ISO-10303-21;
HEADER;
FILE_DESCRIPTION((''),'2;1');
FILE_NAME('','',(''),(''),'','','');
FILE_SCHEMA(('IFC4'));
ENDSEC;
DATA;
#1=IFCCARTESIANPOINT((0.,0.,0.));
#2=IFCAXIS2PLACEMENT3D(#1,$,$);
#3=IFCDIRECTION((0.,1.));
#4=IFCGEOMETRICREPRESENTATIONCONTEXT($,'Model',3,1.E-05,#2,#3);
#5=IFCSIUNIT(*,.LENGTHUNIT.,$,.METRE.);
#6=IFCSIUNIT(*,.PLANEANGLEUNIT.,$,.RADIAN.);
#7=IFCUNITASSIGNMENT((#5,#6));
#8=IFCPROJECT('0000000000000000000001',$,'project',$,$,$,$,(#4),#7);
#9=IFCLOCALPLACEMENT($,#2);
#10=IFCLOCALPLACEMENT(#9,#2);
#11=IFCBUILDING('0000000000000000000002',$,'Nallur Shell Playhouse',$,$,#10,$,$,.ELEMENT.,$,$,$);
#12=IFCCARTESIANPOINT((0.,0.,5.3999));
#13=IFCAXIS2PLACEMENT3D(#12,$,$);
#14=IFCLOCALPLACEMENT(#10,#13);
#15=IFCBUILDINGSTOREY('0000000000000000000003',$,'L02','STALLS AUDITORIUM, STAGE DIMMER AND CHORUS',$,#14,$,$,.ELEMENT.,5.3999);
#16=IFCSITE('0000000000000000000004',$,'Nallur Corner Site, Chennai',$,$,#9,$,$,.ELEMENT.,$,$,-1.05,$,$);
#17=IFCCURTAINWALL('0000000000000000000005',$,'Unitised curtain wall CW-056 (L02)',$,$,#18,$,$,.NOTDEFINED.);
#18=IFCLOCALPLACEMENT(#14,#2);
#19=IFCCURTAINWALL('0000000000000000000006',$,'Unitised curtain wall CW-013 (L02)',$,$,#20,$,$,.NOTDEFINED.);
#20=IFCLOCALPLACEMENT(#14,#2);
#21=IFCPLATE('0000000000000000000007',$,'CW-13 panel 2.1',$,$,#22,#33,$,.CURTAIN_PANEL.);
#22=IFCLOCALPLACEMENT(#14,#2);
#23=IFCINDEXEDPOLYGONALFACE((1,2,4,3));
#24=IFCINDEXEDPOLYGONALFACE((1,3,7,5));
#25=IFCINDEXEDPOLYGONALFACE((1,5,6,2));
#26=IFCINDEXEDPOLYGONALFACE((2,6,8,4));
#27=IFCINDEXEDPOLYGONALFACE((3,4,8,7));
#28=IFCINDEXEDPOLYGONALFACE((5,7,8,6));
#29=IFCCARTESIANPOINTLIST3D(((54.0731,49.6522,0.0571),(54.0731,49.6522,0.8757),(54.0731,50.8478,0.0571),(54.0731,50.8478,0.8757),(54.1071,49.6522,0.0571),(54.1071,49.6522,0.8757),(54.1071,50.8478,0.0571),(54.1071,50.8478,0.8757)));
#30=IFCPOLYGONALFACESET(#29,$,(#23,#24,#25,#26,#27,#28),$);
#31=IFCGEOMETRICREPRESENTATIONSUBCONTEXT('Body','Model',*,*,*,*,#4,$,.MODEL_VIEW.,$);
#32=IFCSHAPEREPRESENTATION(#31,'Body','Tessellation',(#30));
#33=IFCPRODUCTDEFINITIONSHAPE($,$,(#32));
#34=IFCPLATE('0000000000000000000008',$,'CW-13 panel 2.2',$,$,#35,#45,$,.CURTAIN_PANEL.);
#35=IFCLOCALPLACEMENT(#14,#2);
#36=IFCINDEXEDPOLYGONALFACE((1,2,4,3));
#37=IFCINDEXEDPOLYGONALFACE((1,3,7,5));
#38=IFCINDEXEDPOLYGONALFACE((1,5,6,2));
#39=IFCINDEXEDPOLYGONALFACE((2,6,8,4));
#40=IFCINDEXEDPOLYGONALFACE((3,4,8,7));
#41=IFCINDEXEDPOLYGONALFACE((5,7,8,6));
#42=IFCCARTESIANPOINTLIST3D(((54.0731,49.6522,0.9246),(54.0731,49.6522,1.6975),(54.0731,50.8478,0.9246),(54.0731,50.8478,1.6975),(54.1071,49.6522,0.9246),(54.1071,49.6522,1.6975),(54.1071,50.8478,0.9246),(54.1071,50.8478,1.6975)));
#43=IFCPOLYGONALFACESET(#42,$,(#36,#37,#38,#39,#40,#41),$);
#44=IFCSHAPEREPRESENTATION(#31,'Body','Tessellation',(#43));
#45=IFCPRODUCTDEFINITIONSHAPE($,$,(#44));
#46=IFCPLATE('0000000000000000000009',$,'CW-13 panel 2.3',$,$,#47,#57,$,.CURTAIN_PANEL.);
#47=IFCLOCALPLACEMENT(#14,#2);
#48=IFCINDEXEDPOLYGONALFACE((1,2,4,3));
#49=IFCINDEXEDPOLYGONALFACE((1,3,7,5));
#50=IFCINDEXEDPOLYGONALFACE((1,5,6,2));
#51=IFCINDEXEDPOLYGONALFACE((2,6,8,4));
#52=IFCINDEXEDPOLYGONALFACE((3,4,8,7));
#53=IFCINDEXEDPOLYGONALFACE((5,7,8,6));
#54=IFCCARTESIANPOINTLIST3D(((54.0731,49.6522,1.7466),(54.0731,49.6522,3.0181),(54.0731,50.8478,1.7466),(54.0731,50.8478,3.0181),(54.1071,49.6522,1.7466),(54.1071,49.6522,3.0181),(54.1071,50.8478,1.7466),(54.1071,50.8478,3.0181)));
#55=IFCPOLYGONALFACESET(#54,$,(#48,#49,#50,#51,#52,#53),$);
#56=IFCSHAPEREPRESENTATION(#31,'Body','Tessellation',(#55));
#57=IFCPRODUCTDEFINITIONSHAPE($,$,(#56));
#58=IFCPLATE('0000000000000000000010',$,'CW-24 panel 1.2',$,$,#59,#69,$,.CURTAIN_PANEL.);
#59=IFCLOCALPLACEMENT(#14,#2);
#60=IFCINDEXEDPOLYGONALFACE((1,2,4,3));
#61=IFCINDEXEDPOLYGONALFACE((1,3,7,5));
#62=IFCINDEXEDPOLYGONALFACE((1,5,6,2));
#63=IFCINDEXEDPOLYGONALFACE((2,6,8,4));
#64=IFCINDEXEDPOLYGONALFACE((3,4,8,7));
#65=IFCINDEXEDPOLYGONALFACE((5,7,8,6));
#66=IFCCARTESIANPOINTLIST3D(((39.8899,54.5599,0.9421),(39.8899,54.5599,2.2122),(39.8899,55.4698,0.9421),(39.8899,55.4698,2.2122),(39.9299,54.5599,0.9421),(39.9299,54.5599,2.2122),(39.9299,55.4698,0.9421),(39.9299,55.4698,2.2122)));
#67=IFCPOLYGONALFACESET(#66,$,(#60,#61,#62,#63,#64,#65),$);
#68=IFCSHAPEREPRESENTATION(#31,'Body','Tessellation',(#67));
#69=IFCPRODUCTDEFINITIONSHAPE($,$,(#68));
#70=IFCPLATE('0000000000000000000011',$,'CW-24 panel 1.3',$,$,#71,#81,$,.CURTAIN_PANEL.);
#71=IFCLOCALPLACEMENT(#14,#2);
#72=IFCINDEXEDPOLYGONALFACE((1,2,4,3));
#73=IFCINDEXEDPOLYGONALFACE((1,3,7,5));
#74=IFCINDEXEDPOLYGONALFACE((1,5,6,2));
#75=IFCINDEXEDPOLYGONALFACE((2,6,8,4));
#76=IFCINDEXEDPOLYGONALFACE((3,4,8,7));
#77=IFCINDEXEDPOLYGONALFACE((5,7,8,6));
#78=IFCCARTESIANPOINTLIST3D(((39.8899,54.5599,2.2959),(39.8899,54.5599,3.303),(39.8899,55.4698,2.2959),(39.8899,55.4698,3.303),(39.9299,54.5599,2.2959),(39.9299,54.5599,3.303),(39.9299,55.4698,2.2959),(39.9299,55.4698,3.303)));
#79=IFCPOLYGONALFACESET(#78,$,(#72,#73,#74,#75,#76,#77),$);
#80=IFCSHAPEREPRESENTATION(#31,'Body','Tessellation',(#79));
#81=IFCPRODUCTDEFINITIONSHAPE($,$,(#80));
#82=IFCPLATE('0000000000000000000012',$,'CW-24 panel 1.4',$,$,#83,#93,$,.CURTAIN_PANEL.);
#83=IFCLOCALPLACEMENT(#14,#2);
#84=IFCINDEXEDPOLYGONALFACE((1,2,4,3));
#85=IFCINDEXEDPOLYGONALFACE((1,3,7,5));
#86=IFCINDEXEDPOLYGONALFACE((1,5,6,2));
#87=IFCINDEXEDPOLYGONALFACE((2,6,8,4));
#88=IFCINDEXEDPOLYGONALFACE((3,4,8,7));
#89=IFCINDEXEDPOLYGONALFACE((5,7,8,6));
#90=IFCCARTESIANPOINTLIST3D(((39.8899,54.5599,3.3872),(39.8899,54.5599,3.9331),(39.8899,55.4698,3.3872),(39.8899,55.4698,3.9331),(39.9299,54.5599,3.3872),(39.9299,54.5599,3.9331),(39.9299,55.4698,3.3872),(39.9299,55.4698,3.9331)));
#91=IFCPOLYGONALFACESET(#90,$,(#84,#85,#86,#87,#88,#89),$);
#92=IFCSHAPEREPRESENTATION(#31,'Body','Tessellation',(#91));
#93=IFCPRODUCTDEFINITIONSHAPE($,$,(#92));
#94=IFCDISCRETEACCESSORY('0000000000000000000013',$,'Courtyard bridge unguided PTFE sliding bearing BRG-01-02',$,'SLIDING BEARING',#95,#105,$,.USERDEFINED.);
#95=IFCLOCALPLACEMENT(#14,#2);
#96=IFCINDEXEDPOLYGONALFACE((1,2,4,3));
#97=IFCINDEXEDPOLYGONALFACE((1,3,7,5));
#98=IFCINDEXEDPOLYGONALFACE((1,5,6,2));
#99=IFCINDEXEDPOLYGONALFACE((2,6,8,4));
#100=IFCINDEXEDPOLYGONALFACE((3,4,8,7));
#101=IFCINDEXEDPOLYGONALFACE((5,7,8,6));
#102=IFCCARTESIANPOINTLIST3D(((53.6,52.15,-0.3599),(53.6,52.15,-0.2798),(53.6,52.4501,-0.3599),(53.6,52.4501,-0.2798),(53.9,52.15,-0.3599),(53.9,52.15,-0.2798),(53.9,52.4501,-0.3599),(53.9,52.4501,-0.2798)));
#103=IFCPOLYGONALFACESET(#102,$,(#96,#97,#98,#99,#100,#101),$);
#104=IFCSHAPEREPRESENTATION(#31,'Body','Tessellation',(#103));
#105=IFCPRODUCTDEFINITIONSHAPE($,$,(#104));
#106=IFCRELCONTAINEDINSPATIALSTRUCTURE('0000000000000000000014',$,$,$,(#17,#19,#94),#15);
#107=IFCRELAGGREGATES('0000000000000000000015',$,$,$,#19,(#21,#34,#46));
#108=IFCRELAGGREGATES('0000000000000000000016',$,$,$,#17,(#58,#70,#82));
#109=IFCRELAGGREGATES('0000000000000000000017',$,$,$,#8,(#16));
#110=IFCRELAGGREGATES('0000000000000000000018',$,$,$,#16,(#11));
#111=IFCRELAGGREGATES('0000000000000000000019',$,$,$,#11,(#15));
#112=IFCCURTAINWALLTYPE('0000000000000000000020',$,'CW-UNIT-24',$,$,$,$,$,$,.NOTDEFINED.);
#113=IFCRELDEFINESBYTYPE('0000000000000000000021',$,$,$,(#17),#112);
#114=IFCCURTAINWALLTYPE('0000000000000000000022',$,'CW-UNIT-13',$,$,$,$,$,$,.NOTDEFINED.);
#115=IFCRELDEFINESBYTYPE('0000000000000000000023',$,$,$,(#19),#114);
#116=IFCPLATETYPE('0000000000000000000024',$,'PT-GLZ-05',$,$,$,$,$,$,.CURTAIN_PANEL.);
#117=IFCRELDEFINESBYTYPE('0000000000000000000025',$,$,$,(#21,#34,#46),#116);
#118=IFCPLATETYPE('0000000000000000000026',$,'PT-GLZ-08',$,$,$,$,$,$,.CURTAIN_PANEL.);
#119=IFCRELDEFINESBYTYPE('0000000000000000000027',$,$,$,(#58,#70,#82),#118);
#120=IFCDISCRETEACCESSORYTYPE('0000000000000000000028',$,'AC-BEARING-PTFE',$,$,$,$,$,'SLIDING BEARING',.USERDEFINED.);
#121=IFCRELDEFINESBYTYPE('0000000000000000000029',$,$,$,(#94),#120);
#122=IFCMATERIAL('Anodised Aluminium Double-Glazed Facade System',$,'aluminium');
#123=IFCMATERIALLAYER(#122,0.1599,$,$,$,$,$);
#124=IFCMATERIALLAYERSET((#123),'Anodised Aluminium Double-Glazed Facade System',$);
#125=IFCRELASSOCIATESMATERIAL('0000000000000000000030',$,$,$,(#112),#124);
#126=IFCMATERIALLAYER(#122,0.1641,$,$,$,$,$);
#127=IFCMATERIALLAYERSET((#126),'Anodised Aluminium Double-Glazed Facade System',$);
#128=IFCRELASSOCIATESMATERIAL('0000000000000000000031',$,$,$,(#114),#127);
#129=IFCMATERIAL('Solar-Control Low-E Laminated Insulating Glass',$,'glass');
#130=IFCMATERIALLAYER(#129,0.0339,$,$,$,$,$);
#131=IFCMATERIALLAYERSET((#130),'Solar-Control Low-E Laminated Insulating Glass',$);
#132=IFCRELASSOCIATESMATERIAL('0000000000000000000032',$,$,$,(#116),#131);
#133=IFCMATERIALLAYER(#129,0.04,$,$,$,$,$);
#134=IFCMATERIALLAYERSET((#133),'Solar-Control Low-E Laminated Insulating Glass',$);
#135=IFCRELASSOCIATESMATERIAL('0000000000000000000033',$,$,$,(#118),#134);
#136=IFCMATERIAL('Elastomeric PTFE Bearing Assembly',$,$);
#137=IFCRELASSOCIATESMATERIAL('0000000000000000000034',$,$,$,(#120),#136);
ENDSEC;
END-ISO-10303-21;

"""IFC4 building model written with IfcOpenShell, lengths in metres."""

from ifc_helpers import new_model, si_unit, direction, frame, origin, origin_2d, place, context, subcontext, project, spatial, rectangle, extrude, material, layer, layer_set, type_object, element, aggregate, save


model = new_model("IFC4")

# Units and contexts
model_context = context("Model", 3, precision=1e-05, world=origin(), true_north=direction((0.0, 1.0)))
body_context = subcontext(model_context, "Body", "Model", "MODEL_VIEW")
ifc_project = project(units=[si_unit("LENGTHUNIT", "METRE"), si_unit("PLANEANGLEUNIT", "RADIAN")], contexts=[model_context])

# Site, building, storey
site_placement = place(None, origin())
site = spatial("IfcSite", under=ifc_project, at=site_placement, Name="Nallur Corner Site, Chennai", CompositionType="ELEMENT", RefElevation=-1.05)
building_placement = place(site_placement, origin())
building = spatial("IfcBuilding", under=site, at=building_placement, Name="Nallur Shell Playhouse", CompositionType="ELEMENT")
storey_placement = place(building_placement, frame((0.0, 0.0, 5.3999)))
storey = spatial("IfcBuildingStorey", under=building, at=storey_placement, Name="L02", Description="STALLS AUDITORIUM, STAGE DIMMER AND CHORUS", CompositionType="ELEMENT", Elevation=5.3999)

# Curtain walls
ifc_material_1 = material(Name="Anodised Aluminium Double-Glazed Facade System", Category="aluminium")
ifc_layer_1 = layer(ifc_material_1, 0.1599)
ifc_layer_set_1 = layer_set([ifc_layer_1], Name="Anodised Aluminium Double-Glazed Facade System")
curtain_wall_type_1 = type_object("IfcCurtainWallType", Name="CW-UNIT-24", PredefinedType="NOTDEFINED", material=ifc_layer_set_1)
curtain_wall_1_placement = place(storey_placement, origin())
curtain_wall_1 = element("IfcCurtainWall", 1, at=curtain_wall_1_placement, inside=storey, type_object=curtain_wall_type_1, Name="Unitised curtain wall CW-056 (L02)", PredefinedType="NOTDEFINED")
ifc_layer_2 = layer(ifc_material_1, 0.1641)
ifc_layer_set_2 = layer_set([ifc_layer_2], Name="Anodised Aluminium Double-Glazed Facade System")
curtain_wall_type_2 = type_object("IfcCurtainWallType", Name="CW-UNIT-13", PredefinedType="NOTDEFINED", material=ifc_layer_set_2)
curtain_wall_2_placement = place(storey_placement, origin())
curtain_wall_2 = element("IfcCurtainWall", 2, at=curtain_wall_2_placement, inside=storey, type_object=curtain_wall_type_2, Name="Unitised curtain wall CW-013 (L02)", PredefinedType="NOTDEFINED")

# Plates
ifc_material_2 = material(Name="Solar-Control Low-E Laminated Insulating Glass", Category="glass")
ifc_layer_3 = layer(ifc_material_2, 0.0339)
ifc_layer_set_3 = layer_set([ifc_layer_3], Name="Solar-Control Low-E Laminated Insulating Glass")
plate_type_1 = type_object("IfcPlateType", Name="PT-GLZ-05", PredefinedType="CURTAIN_PANEL", material=ifc_layer_set_3)
plate_1_placement = place(storey_placement, frame((54.0901, 50.25, 0.0571), z_axis=(0.0, 0.0, 1.0), x_axis=(0.0, 1.0, 0.0)))
plate_1 = element("IfcPlate", 3, at=plate_1_placement, type_object=plate_type_1, Name="CW-13 panel 2.1", PredefinedType="CURTAIN_PANEL", context=body_context, shape_type="SweptSolid", body=[
    extrude(rectangle(XDim=1.1956, YDim=0.0339, at=origin_2d()), origin(), (0.0, 0.0, 1.0), 0.8186),
])
plate_2_placement = place(storey_placement, frame((54.0901, 50.25, 0.9246), z_axis=(0.0, 0.0, 1.0), x_axis=(0.0, 1.0, 0.0)))
plate_2 = element("IfcPlate", 4, at=plate_2_placement, type_object=plate_type_1, Name="CW-13 panel 2.2", PredefinedType="CURTAIN_PANEL", context=body_context, shape_type="SweptSolid", body=[
    extrude(rectangle(XDim=1.1956, YDim=0.0339, at=origin_2d()), origin(), (0.0, 0.0, 1.0), 0.7729),
])
plate_3_placement = place(storey_placement, frame((54.0901, 50.25, 1.7466), z_axis=(0.0, 0.0, 1.0), x_axis=(0.0, 1.0, 0.0)))
plate_3 = element("IfcPlate", 5, at=plate_3_placement, type_object=plate_type_1, Name="CW-13 panel 2.3", PredefinedType="CURTAIN_PANEL", context=body_context, shape_type="SweptSolid", body=[
    extrude(rectangle(XDim=1.1956, YDim=0.0339, at=origin_2d()), origin(), (0.0, 0.0, 1.0), 1.2715),
])
aggregate(curtain_wall_2, [plate_1, plate_2, plate_3])
ifc_layer_4 = layer(ifc_material_2, 0.04)
ifc_layer_set_4 = layer_set([ifc_layer_4], Name="Solar-Control Low-E Laminated Insulating Glass")
plate_type_2 = type_object("IfcPlateType", Name="PT-GLZ-08", PredefinedType="CURTAIN_PANEL", material=ifc_layer_set_4)
plate_4_placement = place(storey_placement, frame((39.9099, 55.0149, 0.9421), z_axis=(0.0, 0.0, 1.0), x_axis=(0.0, -1.0, 0.0)))
plate_4 = element("IfcPlate", 6, at=plate_4_placement, type_object=plate_type_2, Name="CW-24 panel 1.2", PredefinedType="CURTAIN_PANEL", context=body_context, shape_type="SweptSolid", body=[
    extrude(rectangle(XDim=0.9099, YDim=0.04, at=origin_2d()), origin(), (0.0, 0.0, 1.0), 1.27),
])
plate_5_placement = place(storey_placement, frame((39.9099, 55.0149, 2.2959), z_axis=(0.0, 0.0, 1.0), x_axis=(0.0, -1.0, 0.0)))
plate_5 = element("IfcPlate", 7, at=plate_5_placement, type_object=plate_type_2, Name="CW-24 panel 1.3", PredefinedType="CURTAIN_PANEL", context=body_context, shape_type="SweptSolid", body=[
    extrude(rectangle(XDim=0.9099, YDim=0.04, at=origin_2d()), origin(), (0.0, 0.0, 1.0), 1.0071),
])
plate_6_placement = place(storey_placement, frame((39.9099, 55.0149, 3.3872), z_axis=(0.0, 0.0, 1.0), x_axis=(0.0, -1.0, 0.0)))
plate_6 = element("IfcPlate", 8, at=plate_6_placement, type_object=plate_type_2, Name="CW-24 panel 1.4", PredefinedType="CURTAIN_PANEL", context=body_context, shape_type="SweptSolid", body=[
    extrude(rectangle(XDim=0.9099, YDim=0.04, at=origin_2d()), origin(), (0.0, 0.0, 1.0), 0.5459),
])
aggregate(curtain_wall_1, [plate_4, plate_5, plate_6])

# Discrete accessory
ifc_material_3 = material(Name="Elastomeric PTFE Bearing Assembly")
discrete_accessory_type = type_object("IfcDiscreteAccessoryType", Name="AC-BEARING-PTFE", ElementType="SLIDING BEARING", PredefinedType="USERDEFINED", material=ifc_material_3)
discrete_accessory_placement = place(storey_placement, frame((53.75, 52.3, -0.3599), z_axis=(0.0, 0.0, 1.0), x_axis=(1.0, 0.0, 0.0)))
element("IfcDiscreteAccessory", 9, at=discrete_accessory_placement, inside=storey, type_object=discrete_accessory_type, Name="Courtyard bridge unguided PTFE sliding bearing BRG-01-02", ObjectType="SLIDING BEARING", PredefinedType="USERDEFINED", context=body_context, shape_type="SweptSolid", body=[
    extrude(rectangle(XDim=0.3, YDim=0.3, at=origin_2d()), origin(), (0.0, 0.0, 1.0), 0.0801),
])

save(model, "model.ifc")
